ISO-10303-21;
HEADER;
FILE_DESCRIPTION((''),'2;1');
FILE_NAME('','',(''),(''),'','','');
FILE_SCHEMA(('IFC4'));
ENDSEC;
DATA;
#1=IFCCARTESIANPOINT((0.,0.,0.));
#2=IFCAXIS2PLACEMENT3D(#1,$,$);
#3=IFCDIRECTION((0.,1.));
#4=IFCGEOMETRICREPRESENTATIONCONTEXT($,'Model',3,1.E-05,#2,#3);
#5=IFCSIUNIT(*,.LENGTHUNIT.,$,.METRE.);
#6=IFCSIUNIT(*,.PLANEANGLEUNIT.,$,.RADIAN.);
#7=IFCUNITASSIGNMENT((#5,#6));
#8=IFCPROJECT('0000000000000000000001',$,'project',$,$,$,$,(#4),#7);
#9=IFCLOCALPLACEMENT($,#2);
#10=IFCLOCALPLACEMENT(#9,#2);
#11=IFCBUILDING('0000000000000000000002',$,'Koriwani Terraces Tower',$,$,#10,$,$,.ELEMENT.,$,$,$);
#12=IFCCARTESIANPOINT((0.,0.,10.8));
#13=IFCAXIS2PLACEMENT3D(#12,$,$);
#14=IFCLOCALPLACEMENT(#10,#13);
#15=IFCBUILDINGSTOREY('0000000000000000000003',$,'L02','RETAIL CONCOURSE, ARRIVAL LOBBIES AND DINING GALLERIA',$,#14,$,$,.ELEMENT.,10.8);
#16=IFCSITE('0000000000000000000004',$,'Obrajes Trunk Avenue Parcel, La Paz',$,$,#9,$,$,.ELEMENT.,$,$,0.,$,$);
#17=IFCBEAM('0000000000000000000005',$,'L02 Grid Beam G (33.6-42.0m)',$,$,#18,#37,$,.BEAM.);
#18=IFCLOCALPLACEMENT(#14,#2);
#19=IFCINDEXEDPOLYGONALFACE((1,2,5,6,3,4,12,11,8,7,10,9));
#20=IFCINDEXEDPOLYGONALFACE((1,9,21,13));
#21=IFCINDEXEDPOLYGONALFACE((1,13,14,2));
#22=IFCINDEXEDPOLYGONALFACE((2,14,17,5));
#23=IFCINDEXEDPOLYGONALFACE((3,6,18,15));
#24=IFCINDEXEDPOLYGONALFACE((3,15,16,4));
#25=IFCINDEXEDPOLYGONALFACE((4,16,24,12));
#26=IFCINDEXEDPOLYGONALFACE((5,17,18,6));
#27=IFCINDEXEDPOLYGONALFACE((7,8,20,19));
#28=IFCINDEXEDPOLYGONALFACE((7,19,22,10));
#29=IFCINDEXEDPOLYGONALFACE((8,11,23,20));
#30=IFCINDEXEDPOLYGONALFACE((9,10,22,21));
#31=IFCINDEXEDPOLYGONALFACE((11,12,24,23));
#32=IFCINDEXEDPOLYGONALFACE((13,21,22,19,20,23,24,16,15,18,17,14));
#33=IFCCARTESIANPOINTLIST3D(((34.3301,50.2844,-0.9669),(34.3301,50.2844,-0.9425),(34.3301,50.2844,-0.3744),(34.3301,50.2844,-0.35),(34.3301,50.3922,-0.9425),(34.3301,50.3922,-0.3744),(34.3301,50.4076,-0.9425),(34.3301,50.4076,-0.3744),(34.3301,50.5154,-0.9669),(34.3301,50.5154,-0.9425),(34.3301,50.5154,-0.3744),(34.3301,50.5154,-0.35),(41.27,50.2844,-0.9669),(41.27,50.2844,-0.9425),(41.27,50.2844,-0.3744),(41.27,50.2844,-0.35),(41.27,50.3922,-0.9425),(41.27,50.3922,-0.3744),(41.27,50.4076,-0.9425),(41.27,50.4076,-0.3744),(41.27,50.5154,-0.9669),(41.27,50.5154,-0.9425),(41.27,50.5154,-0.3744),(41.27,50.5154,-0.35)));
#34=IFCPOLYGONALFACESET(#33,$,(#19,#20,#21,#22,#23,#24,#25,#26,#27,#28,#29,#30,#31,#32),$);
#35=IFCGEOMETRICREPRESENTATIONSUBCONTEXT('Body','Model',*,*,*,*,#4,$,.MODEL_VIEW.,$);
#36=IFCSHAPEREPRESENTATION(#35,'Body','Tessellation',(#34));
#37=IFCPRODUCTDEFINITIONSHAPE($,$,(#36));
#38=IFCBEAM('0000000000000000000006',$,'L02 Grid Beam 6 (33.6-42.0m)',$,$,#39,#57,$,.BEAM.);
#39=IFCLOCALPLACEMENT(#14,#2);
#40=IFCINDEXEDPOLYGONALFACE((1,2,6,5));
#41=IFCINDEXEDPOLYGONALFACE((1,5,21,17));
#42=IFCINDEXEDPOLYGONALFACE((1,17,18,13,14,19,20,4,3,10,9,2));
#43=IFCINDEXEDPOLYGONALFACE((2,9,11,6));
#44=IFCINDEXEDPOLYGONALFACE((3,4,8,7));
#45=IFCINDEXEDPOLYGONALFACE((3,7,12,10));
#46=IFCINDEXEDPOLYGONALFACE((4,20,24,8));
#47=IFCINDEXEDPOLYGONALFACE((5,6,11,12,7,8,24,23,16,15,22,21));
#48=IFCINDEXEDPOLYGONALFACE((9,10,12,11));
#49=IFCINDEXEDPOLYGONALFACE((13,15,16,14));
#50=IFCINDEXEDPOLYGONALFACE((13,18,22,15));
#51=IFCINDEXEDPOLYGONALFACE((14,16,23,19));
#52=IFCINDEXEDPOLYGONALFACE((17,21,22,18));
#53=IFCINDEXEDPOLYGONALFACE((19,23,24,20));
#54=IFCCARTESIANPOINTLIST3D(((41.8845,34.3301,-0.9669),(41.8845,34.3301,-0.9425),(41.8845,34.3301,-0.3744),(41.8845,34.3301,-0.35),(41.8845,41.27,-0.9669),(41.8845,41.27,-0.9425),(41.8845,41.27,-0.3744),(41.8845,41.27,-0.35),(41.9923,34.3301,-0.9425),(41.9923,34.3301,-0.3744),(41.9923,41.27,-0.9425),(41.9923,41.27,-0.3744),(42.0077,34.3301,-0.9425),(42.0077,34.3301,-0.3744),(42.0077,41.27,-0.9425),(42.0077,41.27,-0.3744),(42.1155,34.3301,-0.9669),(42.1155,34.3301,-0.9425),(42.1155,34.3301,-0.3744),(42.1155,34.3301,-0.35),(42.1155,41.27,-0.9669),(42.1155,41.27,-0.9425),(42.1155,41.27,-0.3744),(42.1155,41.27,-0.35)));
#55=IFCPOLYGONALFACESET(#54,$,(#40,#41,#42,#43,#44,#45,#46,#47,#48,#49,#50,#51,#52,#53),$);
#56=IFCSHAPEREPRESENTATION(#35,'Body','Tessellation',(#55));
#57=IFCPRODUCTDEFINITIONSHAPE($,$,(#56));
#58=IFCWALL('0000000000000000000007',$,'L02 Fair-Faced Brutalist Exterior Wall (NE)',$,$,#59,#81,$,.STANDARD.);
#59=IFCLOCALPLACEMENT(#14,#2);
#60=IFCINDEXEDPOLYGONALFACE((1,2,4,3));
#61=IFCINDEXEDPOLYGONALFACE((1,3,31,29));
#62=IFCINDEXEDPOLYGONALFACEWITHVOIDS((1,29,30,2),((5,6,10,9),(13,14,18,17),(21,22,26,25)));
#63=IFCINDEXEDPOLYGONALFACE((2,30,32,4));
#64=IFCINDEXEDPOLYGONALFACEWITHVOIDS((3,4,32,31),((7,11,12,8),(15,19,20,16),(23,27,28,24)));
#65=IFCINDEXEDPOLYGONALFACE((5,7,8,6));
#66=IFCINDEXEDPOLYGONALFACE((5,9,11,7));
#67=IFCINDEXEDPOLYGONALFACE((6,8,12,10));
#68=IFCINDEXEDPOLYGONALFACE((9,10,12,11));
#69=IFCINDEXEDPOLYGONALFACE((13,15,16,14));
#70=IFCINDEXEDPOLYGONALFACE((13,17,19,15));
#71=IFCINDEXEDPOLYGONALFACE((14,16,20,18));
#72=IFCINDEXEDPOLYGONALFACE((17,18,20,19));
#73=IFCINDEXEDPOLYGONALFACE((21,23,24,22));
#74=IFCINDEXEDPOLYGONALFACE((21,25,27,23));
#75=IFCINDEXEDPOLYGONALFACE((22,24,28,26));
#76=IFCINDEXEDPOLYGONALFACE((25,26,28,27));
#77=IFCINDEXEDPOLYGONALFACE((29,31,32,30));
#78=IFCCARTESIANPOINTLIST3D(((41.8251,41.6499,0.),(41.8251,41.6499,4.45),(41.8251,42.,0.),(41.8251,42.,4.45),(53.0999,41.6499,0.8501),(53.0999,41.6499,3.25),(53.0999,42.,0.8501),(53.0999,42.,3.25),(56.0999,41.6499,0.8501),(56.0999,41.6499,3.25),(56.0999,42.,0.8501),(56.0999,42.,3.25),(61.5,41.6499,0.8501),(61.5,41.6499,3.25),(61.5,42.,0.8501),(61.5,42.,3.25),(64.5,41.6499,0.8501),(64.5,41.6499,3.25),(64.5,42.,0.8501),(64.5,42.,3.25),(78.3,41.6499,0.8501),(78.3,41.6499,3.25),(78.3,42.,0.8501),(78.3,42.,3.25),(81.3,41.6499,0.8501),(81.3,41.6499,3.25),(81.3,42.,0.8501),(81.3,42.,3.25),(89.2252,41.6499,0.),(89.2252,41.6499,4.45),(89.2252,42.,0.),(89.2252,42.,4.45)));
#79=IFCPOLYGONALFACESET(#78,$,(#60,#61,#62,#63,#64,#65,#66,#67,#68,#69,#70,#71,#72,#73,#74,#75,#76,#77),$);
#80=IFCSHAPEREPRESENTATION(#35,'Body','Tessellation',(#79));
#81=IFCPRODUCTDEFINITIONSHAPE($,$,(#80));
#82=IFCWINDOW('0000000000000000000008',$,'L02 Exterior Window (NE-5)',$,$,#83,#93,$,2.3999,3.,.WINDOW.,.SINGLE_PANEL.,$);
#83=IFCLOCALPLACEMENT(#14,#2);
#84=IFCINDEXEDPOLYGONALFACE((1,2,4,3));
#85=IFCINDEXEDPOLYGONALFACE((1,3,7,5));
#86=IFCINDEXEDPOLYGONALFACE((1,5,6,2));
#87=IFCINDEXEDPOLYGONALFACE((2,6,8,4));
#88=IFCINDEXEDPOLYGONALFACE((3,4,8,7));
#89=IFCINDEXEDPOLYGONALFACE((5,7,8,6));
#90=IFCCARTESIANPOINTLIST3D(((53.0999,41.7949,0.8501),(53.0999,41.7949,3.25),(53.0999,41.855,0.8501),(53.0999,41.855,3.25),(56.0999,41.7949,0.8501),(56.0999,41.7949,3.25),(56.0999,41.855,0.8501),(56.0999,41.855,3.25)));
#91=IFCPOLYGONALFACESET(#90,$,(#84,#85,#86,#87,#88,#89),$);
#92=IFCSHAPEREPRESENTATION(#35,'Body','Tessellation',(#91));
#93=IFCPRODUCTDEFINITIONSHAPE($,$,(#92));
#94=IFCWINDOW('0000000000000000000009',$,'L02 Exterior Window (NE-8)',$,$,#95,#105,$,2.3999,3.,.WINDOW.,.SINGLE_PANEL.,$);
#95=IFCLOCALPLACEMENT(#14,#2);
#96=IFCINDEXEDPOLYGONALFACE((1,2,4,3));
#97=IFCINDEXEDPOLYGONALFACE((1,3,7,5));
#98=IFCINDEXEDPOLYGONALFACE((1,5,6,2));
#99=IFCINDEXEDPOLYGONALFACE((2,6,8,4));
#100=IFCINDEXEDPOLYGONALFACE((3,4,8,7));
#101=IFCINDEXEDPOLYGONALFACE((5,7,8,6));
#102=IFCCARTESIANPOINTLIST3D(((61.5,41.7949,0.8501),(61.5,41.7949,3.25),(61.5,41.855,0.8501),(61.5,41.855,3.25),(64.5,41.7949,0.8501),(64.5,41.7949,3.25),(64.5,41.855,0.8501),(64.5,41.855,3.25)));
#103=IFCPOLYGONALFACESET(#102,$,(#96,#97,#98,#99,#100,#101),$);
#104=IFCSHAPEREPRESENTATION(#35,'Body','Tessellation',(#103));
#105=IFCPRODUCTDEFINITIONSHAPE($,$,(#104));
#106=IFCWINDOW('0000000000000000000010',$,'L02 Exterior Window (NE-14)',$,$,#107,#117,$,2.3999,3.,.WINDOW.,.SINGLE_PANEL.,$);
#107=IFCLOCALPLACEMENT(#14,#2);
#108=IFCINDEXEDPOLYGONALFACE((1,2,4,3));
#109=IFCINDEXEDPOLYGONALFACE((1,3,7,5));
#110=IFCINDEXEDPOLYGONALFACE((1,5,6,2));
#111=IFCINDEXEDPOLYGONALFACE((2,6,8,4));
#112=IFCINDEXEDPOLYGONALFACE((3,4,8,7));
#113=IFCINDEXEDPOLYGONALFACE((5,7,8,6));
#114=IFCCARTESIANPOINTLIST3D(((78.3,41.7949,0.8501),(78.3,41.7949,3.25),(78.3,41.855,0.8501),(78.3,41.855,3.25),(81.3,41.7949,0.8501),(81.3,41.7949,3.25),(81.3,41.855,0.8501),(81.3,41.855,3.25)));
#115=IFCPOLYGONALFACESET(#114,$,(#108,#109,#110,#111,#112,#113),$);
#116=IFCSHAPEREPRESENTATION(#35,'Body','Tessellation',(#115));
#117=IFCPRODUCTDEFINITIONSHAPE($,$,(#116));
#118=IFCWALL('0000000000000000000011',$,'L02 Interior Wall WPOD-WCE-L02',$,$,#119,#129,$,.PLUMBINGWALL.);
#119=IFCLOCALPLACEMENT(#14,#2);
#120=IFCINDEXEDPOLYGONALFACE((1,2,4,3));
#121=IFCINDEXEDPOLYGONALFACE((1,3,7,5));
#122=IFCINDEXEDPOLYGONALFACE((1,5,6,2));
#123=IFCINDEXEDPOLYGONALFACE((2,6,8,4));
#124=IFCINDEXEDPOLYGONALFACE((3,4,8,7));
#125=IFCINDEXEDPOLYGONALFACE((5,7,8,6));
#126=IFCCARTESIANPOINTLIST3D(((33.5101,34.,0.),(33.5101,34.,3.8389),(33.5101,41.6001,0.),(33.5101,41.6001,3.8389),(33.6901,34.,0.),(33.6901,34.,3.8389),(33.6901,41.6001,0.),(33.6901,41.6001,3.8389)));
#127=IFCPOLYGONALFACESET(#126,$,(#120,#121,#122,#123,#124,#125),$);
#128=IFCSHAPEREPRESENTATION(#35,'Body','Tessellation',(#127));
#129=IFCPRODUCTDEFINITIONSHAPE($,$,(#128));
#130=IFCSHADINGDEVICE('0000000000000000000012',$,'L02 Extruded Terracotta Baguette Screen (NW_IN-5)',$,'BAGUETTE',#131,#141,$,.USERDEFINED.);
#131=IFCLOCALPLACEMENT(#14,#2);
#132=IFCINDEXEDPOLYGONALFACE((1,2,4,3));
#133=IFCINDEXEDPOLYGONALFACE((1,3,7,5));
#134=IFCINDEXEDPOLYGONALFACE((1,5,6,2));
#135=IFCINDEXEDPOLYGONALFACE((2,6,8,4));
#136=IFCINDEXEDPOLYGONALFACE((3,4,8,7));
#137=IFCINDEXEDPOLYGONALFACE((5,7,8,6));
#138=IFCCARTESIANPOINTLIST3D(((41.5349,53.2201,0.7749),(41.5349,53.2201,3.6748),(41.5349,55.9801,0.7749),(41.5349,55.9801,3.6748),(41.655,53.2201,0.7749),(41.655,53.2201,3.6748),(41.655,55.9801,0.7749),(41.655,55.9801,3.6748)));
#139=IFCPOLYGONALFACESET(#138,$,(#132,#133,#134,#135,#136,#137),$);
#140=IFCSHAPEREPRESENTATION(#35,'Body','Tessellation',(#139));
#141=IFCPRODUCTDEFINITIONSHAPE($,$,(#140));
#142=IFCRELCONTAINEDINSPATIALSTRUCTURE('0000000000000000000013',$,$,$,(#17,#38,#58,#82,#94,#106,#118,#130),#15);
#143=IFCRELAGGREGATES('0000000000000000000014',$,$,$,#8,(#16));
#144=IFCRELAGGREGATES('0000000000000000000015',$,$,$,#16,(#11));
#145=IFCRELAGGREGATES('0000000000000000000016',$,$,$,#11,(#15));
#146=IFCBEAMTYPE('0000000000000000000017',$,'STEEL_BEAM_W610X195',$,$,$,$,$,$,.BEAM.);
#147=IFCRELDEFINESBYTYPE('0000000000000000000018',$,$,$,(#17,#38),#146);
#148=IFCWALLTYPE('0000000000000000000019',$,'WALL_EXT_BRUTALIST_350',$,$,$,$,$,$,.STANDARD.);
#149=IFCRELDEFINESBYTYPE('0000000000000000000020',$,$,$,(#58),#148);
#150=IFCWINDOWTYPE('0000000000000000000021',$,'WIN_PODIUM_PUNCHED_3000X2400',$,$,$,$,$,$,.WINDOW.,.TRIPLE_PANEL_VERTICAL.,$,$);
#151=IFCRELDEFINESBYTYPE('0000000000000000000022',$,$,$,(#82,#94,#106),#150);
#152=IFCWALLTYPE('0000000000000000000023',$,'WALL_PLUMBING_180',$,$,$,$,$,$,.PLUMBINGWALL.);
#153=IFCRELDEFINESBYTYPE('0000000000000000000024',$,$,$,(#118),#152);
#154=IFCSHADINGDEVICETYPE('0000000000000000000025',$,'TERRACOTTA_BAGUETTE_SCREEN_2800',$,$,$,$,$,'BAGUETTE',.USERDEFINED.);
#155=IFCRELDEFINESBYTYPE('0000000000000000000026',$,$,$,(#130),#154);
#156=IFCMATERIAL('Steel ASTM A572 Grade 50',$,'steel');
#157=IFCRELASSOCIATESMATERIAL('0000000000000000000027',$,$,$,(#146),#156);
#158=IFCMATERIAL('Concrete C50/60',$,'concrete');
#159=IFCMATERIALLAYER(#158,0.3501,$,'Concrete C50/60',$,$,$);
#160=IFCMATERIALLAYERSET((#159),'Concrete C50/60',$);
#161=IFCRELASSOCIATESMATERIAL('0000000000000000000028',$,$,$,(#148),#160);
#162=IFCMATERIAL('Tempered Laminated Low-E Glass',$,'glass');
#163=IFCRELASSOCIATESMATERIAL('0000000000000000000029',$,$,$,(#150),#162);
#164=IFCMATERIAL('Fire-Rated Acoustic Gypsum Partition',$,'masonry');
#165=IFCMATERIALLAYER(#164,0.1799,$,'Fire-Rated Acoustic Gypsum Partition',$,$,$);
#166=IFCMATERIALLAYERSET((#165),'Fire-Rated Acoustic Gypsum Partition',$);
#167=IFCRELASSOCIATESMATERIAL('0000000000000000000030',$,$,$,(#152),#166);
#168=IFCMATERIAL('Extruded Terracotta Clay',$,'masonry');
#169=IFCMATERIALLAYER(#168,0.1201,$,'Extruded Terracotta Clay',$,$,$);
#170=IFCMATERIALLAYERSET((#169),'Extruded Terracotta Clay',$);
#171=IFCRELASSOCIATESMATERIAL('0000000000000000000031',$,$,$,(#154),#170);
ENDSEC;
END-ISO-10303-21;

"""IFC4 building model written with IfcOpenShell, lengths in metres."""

from ifc_helpers import new_model, si_unit, direction, frame, frame_2d, origin, origin_2d, place, context, subcontext, project, spatial, rectangle, i_section, extrude, material, layer, layer_set, material_profile, profile_set, type_object, element, fill, save


model = new_model("IFC4")

# Units and contexts
model_context = context("Model", 3, precision=1e-05, world=origin(), true_north=direction((0.0, 1.0)))
body_context = subcontext(model_context, "Body", "Model", "MODEL_VIEW")
ifc_project = project(units=[si_unit("LENGTHUNIT", "METRE"), si_unit("PLANEANGLEUNIT", "RADIAN")], contexts=[model_context])

# Site, building, storey
site_placement = place(None, origin())
site = spatial("IfcSite", under=ifc_project, at=site_placement, Name="Obrajes Trunk Avenue Parcel, La Paz", CompositionType="ELEMENT", RefElevation=0.0)
building_placement = place(site_placement, origin())
building = spatial("IfcBuilding", under=site, at=building_placement, Name="Koriwani Terraces Tower", CompositionType="ELEMENT")
storey_placement = place(building_placement, frame((0.0, 0.0, 10.8)))
storey = spatial("IfcBuildingStorey", under=building, at=storey_placement, Name="L02", Description="RETAIL CONCOURSE, ARRIVAL LOBBIES AND DINING GALLERIA", CompositionType="ELEMENT", Elevation=10.8)

# Beams
ifc_material_1 = material(Name="Steel ASTM A572 Grade 50", Category="steel")
ifc_material_profile_1 = material_profile(ifc_material_1, i_section(OverallWidth=0.231, OverallDepth=0.6169, WebThickness=0.0154, FlangeThickness=0.0244, at=origin_2d()), Name="Steel ASTM A572 Grade 50", Category="LoadBearing")
ifc_profile_set_1 = profile_set([ifc_material_profile_1], Name="Steel ASTM A572 Grade 50")
beam_type_1 = type_object("IfcBeamType", Name="STEEL_BEAM_W610X195", PredefinedType="BEAM", material=ifc_profile_set_1)
for number, where, z_axis, x_axis, name in (
    (1, (34.3301, 50.3999, -0.6584), (1.0, 0.0, 0.0), (0.0, 1.0, 0.0), "L02 Grid Beam G (33.6-42.0m)"),
    (2, (42.0, 34.3301, -0.6584), (0.0, 1.0, 0.0), (-1.0, 0.0, 0.0), "L02 Grid Beam 6 (33.6-42.0m)"),
):
    element("IfcBeam", number, at=place(storey_placement, frame(where, z_axis=z_axis, x_axis=x_axis)), inside=storey, type_object=beam_type_1, Name=name, PredefinedType="BEAM", context=body_context, shape_type="SweptSolid", body=[
        extrude(i_section(OverallWidth=0.231, OverallDepth=0.6169, WebThickness=0.0154, FlangeThickness=0.0244, at=origin_2d()), origin(), (0.0, 0.0, 1.0), 6.9399),
    ])

# Wall, openings, windows
ifc_material_2 = material(Name="Concrete C50/60", Category="concrete")
ifc_layer_1 = layer(ifc_material_2, 0.3501, Name="Concrete C50/60")
ifc_layer_set_1 = layer_set([ifc_layer_1], Name="Concrete C50/60")
wall_type_1 = type_object("IfcWallType", Name="WALL_EXT_BRUTALIST_350", PredefinedType="STANDARD", material=ifc_layer_set_1)
wall_1_placement = place(storey_placement, frame((41.825, 41.825, 0.0), z_axis=(0.0, 0.0, 1.0), x_axis=(1.0, 0.0, 0.0)))
wall_1 = element("IfcWall", 3, at=wall_1_placement, inside=storey, type_object=wall_type_1, Name="L02 Fair-Faced Brutalist Exterior Wall (NE)", PredefinedType="STANDARD", context=body_context, shape_type="SweptSolid", body=[
    extrude(rectangle(XDim=47.4001, YDim=0.3501, at=frame_2d((23.7002, 0.0))), origin(), (0.0, 0.0, 1.0), 4.45),
])
opening_1_placement = place(wall_1_placement, frame((11.2749, 0.0, 0.8501)))
opening_1 = element("IfcOpeningElement", 4, at=opening_1_placement, cuts=wall_1, PredefinedType="OPENING", context=body_context, shape_type="SweptSolid", body=[
    extrude(rectangle(XDim=3.0, YDim=2.3999, at=frame_2d((1.5, 1.2))), frame((0.0, 0.1851, 0.0), z_axis=(0.0, -1.0, 0.0), x_axis=(1.0, 0.0, 0.0)), (0.0, 0.0, 1.0), 0.3701),
])
opening_2_placement = place(wall_1_placement, frame((19.675, 0.0, 0.8501)))
opening_2 = element("IfcOpeningElement", 5, at=opening_2_placement, cuts=wall_1, PredefinedType="OPENING", context=body_context, shape_type="SweptSolid", body=[
    extrude(rectangle(XDim=3.0, YDim=2.3999, at=frame_2d((1.5, 1.2))), frame((0.0, 0.1851, 0.0), z_axis=(0.0, -1.0, 0.0), x_axis=(1.0, 0.0, 0.0)), (0.0, 0.0, 1.0), 0.3701),
])
opening_3_placement = place(wall_1_placement, frame((36.4751, 0.0, 0.8501)))
opening_3 = element("IfcOpeningElement", 6, at=opening_3_placement, cuts=wall_1, PredefinedType="OPENING", context=body_context, shape_type="SweptSolid", body=[
    extrude(rectangle(XDim=3.0, YDim=2.3999, at=frame_2d((1.5, 1.2))), frame((0.0, 0.1851, 0.0), z_axis=(0.0, -1.0, 0.0), x_axis=(1.0, 0.0, 0.0)), (0.0, 0.0, 1.0), 0.3701),
])
ifc_material_3 = material(Name="Tempered Laminated Low-E Glass", Category="glass")
window_type = type_object("IfcWindowType", Name="WIN_PODIUM_PUNCHED_3000X2400", PartitioningType="TRIPLE_PANEL_VERTICAL", PredefinedType="WINDOW", material=ifc_material_3)
window_1_placement = place(opening_1_placement, origin())
window_1 = element("IfcWindow", 7, at=window_1_placement, inside=storey, type_object=window_type, Name="L02 Exterior Window (NE-5)", OverallHeight=2.3999, OverallWidth=3.0, PartitioningType="SINGLE_PANEL", PredefinedType="WINDOW", context=body_context, shape_type="SweptSolid", body=[
    extrude(rectangle(XDim=3.0, YDim=2.3999, at=frame_2d((1.5, 1.2))), frame((0.0, 0.03, 0.0), z_axis=(0.0, -1.0, 0.0), x_axis=(1.0, 0.0, 0.0)), (0.0, 0.0, 1.0), 0.0601),
])
fill(opening_1, window_1)
window_2_placement = place(opening_2_placement, origin())
window_2 = element("IfcWindow", 8, at=window_2_placement, inside=storey, type_object=window_type, Name="L02 Exterior Window (NE-8)", OverallHeight=2.3999, OverallWidth=3.0, PartitioningType="SINGLE_PANEL", PredefinedType="WINDOW", context=body_context, shape_type="SweptSolid", body=[
    extrude(rectangle(XDim=3.0, YDim=2.3999, at=frame_2d((1.5, 1.2))), frame((0.0, 0.03, 0.0), z_axis=(0.0, -1.0, 0.0), x_axis=(1.0, 0.0, 0.0)), (0.0, 0.0, 1.0), 0.0601),
])
fill(opening_2, window_2)
window_3_placement = place(opening_3_placement, origin())
window_3 = element("IfcWindow", 9, at=window_3_placement, inside=storey, type_object=window_type, Name="L02 Exterior Window (NE-14)", OverallHeight=2.3999, OverallWidth=3.0, PartitioningType="SINGLE_PANEL", PredefinedType="WINDOW", context=body_context, shape_type="SweptSolid", body=[
    extrude(rectangle(XDim=3.0, YDim=2.3999, at=frame_2d((1.5, 1.2))), frame((0.0, 0.03, 0.0), z_axis=(0.0, -1.0, 0.0), x_axis=(1.0, 0.0, 0.0)), (0.0, 0.0, 1.0), 0.0601),
])
fill(opening_3, window_3)

# Wall
ifc_material_4 = material(Name="Fire-Rated Acoustic Gypsum Partition", Category="masonry")
ifc_layer_2 = layer(ifc_material_4, 0.1799, Name="Fire-Rated Acoustic Gypsum Partition")
ifc_layer_set_2 = layer_set([ifc_layer_2], Name="Fire-Rated Acoustic Gypsum Partition")
wall_type_2 = type_object("IfcWallType", Name="WALL_PLUMBING_180", PredefinedType="PLUMBINGWALL", material=ifc_layer_set_2)
wall_2_placement = place(storey_placement, frame((33.6001, 34.0, 0.0), z_axis=(0.0, 0.0, 1.0), x_axis=(0.0, 1.0, 0.0)))
element("IfcWall", 10, at=wall_2_placement, inside=storey, type_object=wall_type_2, Name="L02 Interior Wall WPOD-WCE-L02", PredefinedType="PLUMBINGWALL", context=body_context, shape_type="SweptSolid", body=[
    extrude(rectangle(XDim=7.6001, YDim=0.1799, at=frame_2d((3.8, 0.0))), origin(), (0.0, 0.0, 1.0), 3.8389),
])

# Shading device
ifc_material_5 = material(Name="Extruded Terracotta Clay", Category="masonry")
ifc_layer_3 = layer(ifc_material_5, 0.1201, Name="Extruded Terracotta Clay")
ifc_layer_set_3 = layer_set([ifc_layer_3], Name="Extruded Terracotta Clay")
shading_device_type = type_object("IfcShadingDeviceType", Name="TERRACOTTA_BAGUETTE_SCREEN_2800", ElementType="BAGUETTE", PredefinedType="USERDEFINED", material=ifc_layer_set_3)
shading_device_placement = place(storey_placement, frame((41.595, 54.6001, 0.7749), z_axis=(0.0, 0.0, 1.0), x_axis=(0.0, -1.0, 0.0)))
element("IfcShadingDevice", 11, at=shading_device_placement, inside=storey, type_object=shading_device_type, Name="L02 Extruded Terracotta Baguette Screen (NW_IN-5)", ObjectType="BAGUETTE", PredefinedType="USERDEFINED", context=body_context, shape_type="SweptSolid", body=[
    extrude(rectangle(XDim=2.76, YDim=0.1201, at=origin_2d()), origin(), (0.0, 0.0, 1.0), 2.8999),
])

save(model, "model.ifc")
